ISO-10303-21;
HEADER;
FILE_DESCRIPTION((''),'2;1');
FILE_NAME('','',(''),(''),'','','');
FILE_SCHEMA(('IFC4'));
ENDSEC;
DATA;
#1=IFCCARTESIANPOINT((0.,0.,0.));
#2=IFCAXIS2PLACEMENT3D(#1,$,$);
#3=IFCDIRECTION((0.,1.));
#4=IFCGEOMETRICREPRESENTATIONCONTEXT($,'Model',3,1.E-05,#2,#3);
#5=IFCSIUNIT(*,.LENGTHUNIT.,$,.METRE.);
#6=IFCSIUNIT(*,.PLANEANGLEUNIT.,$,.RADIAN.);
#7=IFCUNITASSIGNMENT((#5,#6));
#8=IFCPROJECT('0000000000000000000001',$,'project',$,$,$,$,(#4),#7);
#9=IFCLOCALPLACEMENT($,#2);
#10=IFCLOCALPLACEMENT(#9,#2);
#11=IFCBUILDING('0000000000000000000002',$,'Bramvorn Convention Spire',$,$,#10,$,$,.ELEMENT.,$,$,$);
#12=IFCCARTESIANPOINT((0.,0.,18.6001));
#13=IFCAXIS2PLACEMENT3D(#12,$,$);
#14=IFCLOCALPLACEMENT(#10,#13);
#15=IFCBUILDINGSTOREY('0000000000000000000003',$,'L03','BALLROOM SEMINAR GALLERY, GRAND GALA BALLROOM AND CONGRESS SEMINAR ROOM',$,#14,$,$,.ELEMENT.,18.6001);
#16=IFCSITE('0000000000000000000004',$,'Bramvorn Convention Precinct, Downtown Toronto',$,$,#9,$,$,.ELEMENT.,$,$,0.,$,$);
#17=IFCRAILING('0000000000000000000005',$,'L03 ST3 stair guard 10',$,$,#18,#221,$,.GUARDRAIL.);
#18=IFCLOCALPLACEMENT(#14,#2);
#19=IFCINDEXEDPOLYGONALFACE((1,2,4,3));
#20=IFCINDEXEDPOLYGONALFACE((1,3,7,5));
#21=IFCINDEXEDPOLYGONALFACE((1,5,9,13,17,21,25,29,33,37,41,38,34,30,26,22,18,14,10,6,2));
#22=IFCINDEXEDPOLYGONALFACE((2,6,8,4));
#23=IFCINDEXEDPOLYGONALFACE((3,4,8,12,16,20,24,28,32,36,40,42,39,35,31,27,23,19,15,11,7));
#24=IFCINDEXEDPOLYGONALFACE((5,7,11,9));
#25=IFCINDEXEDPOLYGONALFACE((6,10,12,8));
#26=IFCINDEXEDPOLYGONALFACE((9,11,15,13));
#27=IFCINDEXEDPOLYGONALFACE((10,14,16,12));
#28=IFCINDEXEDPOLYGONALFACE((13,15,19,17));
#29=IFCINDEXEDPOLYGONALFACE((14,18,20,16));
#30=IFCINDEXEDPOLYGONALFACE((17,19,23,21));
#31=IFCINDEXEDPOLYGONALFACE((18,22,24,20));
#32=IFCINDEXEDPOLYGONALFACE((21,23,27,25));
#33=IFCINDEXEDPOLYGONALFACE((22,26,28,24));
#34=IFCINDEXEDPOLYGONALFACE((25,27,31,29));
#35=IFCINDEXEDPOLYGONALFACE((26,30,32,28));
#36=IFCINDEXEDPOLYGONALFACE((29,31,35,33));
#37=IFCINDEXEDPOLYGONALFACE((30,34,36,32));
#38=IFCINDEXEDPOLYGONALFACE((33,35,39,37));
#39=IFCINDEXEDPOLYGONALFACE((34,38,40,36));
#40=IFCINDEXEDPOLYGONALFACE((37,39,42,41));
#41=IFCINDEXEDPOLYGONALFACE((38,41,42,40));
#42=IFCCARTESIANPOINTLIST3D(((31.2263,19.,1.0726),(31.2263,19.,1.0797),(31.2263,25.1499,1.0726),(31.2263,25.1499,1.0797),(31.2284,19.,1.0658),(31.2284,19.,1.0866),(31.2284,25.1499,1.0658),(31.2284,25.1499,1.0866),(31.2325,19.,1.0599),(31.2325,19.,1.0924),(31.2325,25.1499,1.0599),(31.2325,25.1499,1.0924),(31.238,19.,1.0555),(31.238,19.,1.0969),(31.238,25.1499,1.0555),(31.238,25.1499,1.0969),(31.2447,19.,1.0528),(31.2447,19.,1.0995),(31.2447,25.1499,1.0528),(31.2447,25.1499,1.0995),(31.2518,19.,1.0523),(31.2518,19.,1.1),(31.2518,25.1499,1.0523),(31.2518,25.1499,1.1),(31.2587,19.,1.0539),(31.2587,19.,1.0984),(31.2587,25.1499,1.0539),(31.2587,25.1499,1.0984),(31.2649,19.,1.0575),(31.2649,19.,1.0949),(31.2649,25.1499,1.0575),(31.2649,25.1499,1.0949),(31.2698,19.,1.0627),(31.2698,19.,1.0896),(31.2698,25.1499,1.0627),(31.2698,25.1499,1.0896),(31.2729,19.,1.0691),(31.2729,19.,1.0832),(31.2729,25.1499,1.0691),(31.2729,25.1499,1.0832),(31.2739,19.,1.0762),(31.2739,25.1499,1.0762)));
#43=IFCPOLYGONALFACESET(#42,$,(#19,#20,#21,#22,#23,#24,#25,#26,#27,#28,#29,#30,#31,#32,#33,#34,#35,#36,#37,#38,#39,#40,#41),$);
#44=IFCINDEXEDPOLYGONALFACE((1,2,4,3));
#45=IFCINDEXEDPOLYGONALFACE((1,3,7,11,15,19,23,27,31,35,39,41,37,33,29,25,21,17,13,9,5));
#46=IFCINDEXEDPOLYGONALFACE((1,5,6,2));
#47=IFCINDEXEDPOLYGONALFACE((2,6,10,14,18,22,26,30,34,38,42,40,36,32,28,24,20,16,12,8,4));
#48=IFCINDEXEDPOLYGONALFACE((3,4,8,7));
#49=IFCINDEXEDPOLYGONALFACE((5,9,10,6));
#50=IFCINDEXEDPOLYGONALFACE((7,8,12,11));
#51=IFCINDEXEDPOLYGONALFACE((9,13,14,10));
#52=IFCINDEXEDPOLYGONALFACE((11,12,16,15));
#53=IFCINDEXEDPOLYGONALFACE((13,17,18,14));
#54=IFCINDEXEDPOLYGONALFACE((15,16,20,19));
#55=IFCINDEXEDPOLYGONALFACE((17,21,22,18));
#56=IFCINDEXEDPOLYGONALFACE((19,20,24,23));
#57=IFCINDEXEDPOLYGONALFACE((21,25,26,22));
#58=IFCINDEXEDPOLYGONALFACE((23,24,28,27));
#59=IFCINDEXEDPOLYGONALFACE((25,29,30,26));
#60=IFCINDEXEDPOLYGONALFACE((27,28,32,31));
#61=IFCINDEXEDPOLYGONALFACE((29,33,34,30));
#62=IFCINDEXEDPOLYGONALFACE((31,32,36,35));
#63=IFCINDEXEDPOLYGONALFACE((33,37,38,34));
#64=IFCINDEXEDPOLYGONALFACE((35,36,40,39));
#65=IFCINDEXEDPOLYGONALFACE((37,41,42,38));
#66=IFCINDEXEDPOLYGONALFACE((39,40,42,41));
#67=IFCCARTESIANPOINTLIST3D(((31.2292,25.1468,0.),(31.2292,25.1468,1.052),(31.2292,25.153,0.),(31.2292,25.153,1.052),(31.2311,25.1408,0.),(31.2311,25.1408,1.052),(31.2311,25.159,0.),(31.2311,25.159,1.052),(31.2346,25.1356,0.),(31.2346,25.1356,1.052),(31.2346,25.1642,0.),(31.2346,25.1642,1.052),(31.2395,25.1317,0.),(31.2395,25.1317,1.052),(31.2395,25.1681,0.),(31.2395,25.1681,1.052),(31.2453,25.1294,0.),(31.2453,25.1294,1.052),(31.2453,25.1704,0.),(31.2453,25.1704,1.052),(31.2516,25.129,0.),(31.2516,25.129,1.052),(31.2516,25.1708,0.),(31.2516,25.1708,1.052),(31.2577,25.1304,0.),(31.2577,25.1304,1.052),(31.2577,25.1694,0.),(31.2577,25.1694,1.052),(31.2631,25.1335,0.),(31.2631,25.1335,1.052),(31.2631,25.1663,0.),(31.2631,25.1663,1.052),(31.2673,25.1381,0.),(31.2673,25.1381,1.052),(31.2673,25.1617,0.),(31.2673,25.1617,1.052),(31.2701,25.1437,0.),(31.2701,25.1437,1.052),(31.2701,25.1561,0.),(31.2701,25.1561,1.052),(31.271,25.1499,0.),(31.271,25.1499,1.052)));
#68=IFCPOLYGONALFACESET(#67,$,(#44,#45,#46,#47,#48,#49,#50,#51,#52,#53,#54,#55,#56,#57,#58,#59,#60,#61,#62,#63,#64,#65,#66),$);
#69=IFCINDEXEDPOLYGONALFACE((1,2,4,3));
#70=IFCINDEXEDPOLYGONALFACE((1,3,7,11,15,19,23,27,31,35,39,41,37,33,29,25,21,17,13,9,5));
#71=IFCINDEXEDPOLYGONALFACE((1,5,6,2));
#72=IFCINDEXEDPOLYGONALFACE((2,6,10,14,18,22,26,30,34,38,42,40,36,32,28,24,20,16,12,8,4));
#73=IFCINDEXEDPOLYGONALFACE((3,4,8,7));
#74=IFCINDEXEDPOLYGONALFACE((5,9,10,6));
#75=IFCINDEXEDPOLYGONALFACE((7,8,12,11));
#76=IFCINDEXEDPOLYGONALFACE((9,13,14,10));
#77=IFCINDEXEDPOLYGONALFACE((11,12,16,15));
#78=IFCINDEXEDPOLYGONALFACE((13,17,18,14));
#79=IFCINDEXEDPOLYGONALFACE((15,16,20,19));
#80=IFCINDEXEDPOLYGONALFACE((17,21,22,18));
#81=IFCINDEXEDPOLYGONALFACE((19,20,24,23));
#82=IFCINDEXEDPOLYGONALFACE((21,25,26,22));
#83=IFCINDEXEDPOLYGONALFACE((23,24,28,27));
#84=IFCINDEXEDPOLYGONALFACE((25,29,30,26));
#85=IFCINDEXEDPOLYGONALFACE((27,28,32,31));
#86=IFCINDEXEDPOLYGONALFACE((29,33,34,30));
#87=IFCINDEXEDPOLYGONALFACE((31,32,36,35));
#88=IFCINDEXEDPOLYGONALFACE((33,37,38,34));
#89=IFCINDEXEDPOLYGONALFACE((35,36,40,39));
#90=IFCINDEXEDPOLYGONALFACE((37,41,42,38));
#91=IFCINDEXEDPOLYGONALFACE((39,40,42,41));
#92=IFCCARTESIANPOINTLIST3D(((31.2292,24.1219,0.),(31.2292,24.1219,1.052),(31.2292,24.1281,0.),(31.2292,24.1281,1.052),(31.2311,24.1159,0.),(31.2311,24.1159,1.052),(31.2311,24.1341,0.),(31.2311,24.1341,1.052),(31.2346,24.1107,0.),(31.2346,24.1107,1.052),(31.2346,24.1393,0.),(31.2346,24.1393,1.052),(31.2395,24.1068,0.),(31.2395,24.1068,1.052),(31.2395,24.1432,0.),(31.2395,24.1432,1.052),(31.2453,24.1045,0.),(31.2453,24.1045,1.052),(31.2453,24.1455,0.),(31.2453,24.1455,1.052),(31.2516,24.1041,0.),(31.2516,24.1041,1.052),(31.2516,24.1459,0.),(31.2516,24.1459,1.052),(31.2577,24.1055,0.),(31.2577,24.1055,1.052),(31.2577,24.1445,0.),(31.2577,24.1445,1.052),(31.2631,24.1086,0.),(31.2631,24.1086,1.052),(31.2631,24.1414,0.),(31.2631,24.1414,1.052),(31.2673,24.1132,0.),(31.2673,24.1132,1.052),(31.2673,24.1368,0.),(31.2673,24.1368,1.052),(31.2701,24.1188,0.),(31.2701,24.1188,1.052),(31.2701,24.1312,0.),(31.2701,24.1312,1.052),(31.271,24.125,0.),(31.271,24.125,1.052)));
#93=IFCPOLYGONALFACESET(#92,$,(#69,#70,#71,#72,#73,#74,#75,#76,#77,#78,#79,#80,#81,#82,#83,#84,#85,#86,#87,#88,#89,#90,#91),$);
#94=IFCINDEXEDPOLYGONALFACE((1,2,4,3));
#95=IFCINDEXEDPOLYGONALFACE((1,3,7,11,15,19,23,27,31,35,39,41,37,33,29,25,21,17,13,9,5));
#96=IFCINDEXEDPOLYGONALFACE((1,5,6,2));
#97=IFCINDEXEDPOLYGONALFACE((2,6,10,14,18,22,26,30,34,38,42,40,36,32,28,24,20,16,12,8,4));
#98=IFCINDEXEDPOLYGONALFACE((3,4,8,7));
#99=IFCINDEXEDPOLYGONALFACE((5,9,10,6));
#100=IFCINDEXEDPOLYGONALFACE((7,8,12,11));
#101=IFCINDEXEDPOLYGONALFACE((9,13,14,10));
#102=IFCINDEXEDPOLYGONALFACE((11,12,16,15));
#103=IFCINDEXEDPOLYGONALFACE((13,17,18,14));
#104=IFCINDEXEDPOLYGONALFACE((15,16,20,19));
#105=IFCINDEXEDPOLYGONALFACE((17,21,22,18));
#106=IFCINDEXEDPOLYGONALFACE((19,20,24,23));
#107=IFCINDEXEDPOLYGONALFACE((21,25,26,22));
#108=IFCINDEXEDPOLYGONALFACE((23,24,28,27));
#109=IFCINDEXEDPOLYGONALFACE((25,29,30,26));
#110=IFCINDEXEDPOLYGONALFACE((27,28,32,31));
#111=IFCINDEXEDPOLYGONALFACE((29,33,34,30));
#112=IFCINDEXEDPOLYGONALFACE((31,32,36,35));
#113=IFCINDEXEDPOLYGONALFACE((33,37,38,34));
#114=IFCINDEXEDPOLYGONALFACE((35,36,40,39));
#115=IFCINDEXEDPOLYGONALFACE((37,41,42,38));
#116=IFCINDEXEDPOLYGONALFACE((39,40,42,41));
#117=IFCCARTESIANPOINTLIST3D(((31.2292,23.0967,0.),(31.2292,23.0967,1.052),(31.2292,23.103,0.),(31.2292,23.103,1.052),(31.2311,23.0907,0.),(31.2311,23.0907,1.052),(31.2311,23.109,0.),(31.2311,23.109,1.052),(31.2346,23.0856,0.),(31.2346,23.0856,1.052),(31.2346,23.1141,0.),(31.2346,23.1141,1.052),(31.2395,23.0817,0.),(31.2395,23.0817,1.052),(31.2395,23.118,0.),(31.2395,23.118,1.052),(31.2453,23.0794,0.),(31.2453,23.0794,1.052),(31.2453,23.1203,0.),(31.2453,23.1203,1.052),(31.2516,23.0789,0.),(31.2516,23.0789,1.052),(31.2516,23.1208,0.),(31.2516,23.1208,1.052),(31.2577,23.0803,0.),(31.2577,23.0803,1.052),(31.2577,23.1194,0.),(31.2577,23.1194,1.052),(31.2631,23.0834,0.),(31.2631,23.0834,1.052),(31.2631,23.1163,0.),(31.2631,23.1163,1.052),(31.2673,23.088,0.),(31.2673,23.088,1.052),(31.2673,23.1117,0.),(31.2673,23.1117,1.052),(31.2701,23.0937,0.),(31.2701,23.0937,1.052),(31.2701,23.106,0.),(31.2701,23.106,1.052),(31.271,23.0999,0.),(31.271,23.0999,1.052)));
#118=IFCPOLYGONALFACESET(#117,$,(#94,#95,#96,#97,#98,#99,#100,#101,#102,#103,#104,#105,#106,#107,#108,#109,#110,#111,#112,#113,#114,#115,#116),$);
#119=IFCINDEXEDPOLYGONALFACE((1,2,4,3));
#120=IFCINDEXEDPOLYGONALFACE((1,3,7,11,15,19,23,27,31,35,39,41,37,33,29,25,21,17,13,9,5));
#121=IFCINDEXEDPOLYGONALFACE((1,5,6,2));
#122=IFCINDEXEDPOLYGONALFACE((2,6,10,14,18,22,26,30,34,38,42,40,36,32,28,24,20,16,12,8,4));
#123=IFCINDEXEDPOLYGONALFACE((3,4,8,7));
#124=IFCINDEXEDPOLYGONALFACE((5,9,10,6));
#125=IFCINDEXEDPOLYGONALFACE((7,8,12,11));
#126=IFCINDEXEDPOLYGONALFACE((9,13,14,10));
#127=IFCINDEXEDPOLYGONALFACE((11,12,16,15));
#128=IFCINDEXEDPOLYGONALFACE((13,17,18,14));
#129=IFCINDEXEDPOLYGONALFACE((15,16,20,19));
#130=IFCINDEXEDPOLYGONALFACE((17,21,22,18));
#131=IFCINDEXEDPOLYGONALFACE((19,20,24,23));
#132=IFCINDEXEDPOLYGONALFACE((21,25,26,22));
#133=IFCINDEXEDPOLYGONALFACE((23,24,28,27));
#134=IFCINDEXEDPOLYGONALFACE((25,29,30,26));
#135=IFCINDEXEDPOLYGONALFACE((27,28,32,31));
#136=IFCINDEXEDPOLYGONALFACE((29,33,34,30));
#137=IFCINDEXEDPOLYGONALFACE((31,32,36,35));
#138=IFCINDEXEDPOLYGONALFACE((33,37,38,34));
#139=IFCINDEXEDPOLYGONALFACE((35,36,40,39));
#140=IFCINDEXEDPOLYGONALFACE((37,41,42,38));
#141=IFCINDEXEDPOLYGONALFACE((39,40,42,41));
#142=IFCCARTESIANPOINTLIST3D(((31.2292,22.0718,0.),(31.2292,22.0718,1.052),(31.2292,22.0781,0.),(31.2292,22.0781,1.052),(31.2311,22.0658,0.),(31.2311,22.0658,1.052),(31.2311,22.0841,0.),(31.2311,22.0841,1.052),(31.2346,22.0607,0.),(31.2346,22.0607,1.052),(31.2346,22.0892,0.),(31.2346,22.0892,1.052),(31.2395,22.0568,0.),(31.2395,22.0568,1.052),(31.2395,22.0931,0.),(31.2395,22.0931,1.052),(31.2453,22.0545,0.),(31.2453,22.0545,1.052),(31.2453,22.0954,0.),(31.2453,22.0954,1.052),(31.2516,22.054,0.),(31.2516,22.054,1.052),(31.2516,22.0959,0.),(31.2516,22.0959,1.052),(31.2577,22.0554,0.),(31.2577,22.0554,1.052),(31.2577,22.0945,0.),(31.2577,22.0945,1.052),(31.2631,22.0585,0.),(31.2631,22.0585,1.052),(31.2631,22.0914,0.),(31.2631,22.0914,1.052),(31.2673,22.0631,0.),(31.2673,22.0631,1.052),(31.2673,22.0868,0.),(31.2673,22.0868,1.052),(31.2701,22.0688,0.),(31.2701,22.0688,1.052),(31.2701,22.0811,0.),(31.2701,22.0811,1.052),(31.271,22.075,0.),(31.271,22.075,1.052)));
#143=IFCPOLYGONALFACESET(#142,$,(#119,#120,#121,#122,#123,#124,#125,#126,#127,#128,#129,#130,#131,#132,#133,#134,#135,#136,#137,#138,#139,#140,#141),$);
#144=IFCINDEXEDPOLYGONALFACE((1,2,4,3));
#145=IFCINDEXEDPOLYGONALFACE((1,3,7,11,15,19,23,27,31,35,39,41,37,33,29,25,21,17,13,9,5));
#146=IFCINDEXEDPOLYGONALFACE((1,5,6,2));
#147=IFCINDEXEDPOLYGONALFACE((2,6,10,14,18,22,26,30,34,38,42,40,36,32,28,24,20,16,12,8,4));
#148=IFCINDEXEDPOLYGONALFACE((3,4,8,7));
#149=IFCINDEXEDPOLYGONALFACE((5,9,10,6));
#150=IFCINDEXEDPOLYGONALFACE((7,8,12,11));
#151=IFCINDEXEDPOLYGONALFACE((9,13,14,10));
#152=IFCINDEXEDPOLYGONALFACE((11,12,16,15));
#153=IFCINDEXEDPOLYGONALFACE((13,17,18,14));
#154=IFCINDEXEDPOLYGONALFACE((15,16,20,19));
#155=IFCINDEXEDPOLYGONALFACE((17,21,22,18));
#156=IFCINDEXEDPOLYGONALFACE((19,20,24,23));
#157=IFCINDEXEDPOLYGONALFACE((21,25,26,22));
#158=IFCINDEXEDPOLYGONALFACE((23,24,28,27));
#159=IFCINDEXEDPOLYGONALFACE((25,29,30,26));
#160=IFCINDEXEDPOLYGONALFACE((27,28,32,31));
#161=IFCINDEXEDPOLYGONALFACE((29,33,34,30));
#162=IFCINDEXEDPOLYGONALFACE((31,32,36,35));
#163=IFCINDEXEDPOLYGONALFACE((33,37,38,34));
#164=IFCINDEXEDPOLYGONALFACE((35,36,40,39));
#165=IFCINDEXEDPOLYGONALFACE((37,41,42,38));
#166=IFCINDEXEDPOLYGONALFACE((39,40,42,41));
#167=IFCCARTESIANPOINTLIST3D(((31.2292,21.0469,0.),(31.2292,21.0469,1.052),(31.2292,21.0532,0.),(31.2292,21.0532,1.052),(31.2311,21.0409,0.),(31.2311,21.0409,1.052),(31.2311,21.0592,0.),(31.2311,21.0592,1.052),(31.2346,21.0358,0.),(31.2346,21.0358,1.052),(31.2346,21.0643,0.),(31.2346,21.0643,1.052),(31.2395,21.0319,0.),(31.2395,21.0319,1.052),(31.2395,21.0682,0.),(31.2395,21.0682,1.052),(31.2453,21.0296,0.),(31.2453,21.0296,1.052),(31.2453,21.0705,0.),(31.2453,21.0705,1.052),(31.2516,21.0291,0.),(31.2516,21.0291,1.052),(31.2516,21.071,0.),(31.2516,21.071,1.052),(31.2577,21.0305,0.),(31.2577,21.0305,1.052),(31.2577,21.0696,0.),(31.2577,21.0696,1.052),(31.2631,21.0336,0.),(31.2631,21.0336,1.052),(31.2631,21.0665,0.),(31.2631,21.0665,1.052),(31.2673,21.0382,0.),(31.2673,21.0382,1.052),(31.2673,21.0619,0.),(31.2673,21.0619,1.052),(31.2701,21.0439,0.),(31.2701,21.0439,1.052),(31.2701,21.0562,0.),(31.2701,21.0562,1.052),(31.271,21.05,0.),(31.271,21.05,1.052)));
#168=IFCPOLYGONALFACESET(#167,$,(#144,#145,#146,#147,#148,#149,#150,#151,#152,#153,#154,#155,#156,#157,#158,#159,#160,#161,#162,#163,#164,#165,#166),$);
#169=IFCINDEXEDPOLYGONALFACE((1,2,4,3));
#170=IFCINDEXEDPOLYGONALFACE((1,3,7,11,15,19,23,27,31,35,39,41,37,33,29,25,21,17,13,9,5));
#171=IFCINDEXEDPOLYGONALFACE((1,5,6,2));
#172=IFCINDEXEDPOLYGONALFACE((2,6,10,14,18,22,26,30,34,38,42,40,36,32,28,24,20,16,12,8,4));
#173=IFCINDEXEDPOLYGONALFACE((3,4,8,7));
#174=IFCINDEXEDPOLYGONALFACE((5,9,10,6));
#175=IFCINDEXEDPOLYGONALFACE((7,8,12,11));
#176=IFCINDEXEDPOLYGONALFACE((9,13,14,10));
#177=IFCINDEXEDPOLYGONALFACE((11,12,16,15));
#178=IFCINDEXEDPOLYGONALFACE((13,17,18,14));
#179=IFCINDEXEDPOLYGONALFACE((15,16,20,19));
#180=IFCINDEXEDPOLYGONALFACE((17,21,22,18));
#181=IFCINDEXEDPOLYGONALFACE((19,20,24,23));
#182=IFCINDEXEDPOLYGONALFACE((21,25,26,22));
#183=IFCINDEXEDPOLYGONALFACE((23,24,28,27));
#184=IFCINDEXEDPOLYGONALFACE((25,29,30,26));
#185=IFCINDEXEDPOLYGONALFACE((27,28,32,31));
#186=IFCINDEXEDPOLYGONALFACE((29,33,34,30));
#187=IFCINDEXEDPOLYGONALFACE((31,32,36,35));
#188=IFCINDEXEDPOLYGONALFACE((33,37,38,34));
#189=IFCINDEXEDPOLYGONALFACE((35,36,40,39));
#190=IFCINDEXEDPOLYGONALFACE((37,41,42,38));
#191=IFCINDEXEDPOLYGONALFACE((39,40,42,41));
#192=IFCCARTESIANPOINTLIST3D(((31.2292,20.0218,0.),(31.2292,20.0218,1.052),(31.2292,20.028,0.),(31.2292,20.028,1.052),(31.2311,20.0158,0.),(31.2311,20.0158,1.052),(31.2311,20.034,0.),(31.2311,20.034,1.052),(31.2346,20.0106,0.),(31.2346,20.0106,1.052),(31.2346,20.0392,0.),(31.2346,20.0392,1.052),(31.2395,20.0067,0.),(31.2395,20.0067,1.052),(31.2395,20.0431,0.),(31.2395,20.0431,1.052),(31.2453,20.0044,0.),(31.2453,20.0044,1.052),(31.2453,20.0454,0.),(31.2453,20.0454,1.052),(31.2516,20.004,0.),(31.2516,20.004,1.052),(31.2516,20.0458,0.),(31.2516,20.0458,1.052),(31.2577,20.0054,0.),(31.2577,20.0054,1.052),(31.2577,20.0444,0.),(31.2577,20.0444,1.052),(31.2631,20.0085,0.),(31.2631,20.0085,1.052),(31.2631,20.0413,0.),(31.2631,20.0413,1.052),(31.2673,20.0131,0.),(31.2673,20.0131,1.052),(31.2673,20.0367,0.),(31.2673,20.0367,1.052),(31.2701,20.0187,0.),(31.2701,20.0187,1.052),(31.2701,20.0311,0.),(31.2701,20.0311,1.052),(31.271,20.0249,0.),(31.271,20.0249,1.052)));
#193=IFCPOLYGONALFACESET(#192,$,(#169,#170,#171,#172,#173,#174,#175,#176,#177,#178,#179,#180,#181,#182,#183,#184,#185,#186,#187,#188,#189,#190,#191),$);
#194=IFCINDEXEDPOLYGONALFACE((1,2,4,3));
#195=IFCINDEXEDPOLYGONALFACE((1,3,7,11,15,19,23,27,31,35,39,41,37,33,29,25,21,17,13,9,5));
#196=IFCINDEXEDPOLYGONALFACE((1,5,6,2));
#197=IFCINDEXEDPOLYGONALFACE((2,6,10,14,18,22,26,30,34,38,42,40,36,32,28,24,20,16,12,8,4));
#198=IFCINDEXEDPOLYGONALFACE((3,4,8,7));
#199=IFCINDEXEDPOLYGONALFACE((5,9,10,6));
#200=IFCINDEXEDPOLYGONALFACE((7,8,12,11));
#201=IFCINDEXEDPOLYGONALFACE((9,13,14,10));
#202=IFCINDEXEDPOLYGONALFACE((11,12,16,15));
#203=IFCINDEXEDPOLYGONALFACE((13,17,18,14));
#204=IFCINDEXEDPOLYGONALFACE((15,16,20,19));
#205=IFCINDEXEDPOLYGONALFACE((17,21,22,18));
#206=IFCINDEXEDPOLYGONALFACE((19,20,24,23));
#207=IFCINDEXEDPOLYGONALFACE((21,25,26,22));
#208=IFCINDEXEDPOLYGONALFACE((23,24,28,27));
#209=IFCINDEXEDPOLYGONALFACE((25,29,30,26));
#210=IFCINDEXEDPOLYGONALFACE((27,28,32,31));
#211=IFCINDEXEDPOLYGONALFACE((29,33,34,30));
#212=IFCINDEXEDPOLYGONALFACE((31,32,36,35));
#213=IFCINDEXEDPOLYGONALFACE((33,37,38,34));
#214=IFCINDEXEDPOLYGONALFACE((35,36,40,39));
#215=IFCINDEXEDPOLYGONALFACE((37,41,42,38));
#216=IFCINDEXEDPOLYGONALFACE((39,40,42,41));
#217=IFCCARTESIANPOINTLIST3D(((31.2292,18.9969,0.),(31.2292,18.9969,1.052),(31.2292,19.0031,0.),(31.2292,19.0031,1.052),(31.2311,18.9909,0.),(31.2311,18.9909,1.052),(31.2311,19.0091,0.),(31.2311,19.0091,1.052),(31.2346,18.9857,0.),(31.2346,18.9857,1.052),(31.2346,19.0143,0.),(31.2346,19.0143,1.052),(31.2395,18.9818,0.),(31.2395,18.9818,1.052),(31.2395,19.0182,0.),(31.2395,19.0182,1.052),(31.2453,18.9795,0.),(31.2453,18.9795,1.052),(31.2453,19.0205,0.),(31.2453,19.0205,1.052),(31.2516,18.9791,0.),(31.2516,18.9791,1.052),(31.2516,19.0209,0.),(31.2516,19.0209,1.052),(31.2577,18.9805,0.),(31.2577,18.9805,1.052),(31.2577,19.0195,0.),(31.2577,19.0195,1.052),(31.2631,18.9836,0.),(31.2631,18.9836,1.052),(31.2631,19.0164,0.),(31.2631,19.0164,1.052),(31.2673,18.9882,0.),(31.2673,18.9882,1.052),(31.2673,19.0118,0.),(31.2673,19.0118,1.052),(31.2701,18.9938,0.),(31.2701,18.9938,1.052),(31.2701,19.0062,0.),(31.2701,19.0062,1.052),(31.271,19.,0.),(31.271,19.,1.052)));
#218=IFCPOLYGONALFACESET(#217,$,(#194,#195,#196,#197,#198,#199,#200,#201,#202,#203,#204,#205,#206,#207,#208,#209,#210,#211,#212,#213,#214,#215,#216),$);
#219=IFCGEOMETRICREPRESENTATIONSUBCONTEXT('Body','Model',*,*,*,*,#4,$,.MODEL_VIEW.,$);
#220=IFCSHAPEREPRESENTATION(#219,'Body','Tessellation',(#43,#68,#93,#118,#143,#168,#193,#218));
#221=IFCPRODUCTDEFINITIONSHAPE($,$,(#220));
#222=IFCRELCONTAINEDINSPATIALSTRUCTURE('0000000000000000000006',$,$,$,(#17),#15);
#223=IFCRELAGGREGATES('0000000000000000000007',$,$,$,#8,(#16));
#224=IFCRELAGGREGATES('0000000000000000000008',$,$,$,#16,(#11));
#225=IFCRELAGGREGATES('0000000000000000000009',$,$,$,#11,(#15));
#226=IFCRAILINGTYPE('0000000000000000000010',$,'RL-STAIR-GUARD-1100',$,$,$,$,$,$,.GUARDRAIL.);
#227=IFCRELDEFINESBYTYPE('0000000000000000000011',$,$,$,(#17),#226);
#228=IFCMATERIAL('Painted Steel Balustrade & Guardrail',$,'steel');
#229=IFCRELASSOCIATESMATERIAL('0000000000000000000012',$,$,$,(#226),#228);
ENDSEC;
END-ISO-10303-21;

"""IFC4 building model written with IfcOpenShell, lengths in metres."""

from ifc_helpers import new_model, si_unit, direction, frame, origin, origin_2d, place, context, subcontext, project, spatial, circle, extrude, material, type_object, element, save


model = new_model("IFC4")

# Units and contexts
model_context = context("Model", 3, precision=1e-05, world=origin(), true_north=direction((0.0, 1.0)))
body_context = subcontext(model_context, "Body", "Model", "MODEL_VIEW")
ifc_project = project(units=[si_unit("LENGTHUNIT", "METRE"), si_unit("PLANEANGLEUNIT", "RADIAN")], contexts=[model_context])

# Site, building, storey
site_placement = place(None, origin())
site = spatial("IfcSite", under=ifc_project, at=site_placement, Name="Bramvorn Convention Precinct, Downtown Toronto", CompositionType="ELEMENT", RefElevation=0.0)
building_placement = place(site_placement, origin())
building = spatial("IfcBuilding", under=site, at=building_placement, Name="Bramvorn Convention Spire", CompositionType="ELEMENT")
storey_placement = place(building_placement, frame((0.0, 0.0, 18.6001)))
storey = spatial("IfcBuildingStorey", under=building, at=storey_placement, Name="L03", Description="BALLROOM SEMINAR GALLERY, GRAND GALA BALLROOM AND CONGRESS SEMINAR ROOM", CompositionType="ELEMENT", Elevation=18.6001)

# Railing
ifc_material_1 = material(Name="Painted Steel Balustrade & Guardrail", Category="steel")
railing_type_1 = type_object("IfcRailingType", Name="RL-STAIR-GUARD-1100", PredefinedType="GUARDRAIL", material=ifc_material_1)
railing_1_placement = place(storey_placement, frame((31.25, 25.1499, 0.0)))
element("IfcRailing", 1, at=railing_1_placement, inside=storey, type_object=railing_type_1, Name="L03 ST3 stair guard 10", PredefinedType="GUARDRAIL", context=body_context, shape_type="SweptSolid", body=[
    extrude(circle(Radius=0.0239, at=origin_2d()), frame((0.0, 0.0, 1.0762), z_axis=(0.0, -1.0, 0.0), x_axis=(1.0, 0.0, 0.0)), (0.0, 0.0, 1.0), 6.1499),
    extrude(circle(Radius=0.021, at=origin_2d()), origin(), (0.0, 0.0, 1.0), 1.052),
    extrude(circle(Radius=0.021, at=origin_2d()), frame((0.0, -1.0249, 0.0)), (0.0, 0.0, 1.0), 1.052),
    extrude(circle(Radius=0.021, at=origin_2d()), frame((0.0, -2.05, 0.0)), (0.0, 0.0, 1.0), 1.052),
    extrude(circle(Radius=0.021, at=origin_2d()), frame((0.0, -3.075, 0.0)), (0.0, 0.0, 1.0), 1.052),
    extrude(circle(Radius=0.021, at=origin_2d()), frame((0.0, -4.0999, 0.0)), (0.0, 0.0, 1.0), 1.052),
    extrude(circle(Radius=0.021, at=origin_2d()), frame((0.0, -5.125, 0.0)), (0.0, 0.0, 1.0), 1.052),
    extrude(circle(Radius=0.021, at=origin_2d()), frame((0.0, -6.1499, 0.0)), (0.0, 0.0, 1.0), 1.052),
])

save(model, "model.ifc")
